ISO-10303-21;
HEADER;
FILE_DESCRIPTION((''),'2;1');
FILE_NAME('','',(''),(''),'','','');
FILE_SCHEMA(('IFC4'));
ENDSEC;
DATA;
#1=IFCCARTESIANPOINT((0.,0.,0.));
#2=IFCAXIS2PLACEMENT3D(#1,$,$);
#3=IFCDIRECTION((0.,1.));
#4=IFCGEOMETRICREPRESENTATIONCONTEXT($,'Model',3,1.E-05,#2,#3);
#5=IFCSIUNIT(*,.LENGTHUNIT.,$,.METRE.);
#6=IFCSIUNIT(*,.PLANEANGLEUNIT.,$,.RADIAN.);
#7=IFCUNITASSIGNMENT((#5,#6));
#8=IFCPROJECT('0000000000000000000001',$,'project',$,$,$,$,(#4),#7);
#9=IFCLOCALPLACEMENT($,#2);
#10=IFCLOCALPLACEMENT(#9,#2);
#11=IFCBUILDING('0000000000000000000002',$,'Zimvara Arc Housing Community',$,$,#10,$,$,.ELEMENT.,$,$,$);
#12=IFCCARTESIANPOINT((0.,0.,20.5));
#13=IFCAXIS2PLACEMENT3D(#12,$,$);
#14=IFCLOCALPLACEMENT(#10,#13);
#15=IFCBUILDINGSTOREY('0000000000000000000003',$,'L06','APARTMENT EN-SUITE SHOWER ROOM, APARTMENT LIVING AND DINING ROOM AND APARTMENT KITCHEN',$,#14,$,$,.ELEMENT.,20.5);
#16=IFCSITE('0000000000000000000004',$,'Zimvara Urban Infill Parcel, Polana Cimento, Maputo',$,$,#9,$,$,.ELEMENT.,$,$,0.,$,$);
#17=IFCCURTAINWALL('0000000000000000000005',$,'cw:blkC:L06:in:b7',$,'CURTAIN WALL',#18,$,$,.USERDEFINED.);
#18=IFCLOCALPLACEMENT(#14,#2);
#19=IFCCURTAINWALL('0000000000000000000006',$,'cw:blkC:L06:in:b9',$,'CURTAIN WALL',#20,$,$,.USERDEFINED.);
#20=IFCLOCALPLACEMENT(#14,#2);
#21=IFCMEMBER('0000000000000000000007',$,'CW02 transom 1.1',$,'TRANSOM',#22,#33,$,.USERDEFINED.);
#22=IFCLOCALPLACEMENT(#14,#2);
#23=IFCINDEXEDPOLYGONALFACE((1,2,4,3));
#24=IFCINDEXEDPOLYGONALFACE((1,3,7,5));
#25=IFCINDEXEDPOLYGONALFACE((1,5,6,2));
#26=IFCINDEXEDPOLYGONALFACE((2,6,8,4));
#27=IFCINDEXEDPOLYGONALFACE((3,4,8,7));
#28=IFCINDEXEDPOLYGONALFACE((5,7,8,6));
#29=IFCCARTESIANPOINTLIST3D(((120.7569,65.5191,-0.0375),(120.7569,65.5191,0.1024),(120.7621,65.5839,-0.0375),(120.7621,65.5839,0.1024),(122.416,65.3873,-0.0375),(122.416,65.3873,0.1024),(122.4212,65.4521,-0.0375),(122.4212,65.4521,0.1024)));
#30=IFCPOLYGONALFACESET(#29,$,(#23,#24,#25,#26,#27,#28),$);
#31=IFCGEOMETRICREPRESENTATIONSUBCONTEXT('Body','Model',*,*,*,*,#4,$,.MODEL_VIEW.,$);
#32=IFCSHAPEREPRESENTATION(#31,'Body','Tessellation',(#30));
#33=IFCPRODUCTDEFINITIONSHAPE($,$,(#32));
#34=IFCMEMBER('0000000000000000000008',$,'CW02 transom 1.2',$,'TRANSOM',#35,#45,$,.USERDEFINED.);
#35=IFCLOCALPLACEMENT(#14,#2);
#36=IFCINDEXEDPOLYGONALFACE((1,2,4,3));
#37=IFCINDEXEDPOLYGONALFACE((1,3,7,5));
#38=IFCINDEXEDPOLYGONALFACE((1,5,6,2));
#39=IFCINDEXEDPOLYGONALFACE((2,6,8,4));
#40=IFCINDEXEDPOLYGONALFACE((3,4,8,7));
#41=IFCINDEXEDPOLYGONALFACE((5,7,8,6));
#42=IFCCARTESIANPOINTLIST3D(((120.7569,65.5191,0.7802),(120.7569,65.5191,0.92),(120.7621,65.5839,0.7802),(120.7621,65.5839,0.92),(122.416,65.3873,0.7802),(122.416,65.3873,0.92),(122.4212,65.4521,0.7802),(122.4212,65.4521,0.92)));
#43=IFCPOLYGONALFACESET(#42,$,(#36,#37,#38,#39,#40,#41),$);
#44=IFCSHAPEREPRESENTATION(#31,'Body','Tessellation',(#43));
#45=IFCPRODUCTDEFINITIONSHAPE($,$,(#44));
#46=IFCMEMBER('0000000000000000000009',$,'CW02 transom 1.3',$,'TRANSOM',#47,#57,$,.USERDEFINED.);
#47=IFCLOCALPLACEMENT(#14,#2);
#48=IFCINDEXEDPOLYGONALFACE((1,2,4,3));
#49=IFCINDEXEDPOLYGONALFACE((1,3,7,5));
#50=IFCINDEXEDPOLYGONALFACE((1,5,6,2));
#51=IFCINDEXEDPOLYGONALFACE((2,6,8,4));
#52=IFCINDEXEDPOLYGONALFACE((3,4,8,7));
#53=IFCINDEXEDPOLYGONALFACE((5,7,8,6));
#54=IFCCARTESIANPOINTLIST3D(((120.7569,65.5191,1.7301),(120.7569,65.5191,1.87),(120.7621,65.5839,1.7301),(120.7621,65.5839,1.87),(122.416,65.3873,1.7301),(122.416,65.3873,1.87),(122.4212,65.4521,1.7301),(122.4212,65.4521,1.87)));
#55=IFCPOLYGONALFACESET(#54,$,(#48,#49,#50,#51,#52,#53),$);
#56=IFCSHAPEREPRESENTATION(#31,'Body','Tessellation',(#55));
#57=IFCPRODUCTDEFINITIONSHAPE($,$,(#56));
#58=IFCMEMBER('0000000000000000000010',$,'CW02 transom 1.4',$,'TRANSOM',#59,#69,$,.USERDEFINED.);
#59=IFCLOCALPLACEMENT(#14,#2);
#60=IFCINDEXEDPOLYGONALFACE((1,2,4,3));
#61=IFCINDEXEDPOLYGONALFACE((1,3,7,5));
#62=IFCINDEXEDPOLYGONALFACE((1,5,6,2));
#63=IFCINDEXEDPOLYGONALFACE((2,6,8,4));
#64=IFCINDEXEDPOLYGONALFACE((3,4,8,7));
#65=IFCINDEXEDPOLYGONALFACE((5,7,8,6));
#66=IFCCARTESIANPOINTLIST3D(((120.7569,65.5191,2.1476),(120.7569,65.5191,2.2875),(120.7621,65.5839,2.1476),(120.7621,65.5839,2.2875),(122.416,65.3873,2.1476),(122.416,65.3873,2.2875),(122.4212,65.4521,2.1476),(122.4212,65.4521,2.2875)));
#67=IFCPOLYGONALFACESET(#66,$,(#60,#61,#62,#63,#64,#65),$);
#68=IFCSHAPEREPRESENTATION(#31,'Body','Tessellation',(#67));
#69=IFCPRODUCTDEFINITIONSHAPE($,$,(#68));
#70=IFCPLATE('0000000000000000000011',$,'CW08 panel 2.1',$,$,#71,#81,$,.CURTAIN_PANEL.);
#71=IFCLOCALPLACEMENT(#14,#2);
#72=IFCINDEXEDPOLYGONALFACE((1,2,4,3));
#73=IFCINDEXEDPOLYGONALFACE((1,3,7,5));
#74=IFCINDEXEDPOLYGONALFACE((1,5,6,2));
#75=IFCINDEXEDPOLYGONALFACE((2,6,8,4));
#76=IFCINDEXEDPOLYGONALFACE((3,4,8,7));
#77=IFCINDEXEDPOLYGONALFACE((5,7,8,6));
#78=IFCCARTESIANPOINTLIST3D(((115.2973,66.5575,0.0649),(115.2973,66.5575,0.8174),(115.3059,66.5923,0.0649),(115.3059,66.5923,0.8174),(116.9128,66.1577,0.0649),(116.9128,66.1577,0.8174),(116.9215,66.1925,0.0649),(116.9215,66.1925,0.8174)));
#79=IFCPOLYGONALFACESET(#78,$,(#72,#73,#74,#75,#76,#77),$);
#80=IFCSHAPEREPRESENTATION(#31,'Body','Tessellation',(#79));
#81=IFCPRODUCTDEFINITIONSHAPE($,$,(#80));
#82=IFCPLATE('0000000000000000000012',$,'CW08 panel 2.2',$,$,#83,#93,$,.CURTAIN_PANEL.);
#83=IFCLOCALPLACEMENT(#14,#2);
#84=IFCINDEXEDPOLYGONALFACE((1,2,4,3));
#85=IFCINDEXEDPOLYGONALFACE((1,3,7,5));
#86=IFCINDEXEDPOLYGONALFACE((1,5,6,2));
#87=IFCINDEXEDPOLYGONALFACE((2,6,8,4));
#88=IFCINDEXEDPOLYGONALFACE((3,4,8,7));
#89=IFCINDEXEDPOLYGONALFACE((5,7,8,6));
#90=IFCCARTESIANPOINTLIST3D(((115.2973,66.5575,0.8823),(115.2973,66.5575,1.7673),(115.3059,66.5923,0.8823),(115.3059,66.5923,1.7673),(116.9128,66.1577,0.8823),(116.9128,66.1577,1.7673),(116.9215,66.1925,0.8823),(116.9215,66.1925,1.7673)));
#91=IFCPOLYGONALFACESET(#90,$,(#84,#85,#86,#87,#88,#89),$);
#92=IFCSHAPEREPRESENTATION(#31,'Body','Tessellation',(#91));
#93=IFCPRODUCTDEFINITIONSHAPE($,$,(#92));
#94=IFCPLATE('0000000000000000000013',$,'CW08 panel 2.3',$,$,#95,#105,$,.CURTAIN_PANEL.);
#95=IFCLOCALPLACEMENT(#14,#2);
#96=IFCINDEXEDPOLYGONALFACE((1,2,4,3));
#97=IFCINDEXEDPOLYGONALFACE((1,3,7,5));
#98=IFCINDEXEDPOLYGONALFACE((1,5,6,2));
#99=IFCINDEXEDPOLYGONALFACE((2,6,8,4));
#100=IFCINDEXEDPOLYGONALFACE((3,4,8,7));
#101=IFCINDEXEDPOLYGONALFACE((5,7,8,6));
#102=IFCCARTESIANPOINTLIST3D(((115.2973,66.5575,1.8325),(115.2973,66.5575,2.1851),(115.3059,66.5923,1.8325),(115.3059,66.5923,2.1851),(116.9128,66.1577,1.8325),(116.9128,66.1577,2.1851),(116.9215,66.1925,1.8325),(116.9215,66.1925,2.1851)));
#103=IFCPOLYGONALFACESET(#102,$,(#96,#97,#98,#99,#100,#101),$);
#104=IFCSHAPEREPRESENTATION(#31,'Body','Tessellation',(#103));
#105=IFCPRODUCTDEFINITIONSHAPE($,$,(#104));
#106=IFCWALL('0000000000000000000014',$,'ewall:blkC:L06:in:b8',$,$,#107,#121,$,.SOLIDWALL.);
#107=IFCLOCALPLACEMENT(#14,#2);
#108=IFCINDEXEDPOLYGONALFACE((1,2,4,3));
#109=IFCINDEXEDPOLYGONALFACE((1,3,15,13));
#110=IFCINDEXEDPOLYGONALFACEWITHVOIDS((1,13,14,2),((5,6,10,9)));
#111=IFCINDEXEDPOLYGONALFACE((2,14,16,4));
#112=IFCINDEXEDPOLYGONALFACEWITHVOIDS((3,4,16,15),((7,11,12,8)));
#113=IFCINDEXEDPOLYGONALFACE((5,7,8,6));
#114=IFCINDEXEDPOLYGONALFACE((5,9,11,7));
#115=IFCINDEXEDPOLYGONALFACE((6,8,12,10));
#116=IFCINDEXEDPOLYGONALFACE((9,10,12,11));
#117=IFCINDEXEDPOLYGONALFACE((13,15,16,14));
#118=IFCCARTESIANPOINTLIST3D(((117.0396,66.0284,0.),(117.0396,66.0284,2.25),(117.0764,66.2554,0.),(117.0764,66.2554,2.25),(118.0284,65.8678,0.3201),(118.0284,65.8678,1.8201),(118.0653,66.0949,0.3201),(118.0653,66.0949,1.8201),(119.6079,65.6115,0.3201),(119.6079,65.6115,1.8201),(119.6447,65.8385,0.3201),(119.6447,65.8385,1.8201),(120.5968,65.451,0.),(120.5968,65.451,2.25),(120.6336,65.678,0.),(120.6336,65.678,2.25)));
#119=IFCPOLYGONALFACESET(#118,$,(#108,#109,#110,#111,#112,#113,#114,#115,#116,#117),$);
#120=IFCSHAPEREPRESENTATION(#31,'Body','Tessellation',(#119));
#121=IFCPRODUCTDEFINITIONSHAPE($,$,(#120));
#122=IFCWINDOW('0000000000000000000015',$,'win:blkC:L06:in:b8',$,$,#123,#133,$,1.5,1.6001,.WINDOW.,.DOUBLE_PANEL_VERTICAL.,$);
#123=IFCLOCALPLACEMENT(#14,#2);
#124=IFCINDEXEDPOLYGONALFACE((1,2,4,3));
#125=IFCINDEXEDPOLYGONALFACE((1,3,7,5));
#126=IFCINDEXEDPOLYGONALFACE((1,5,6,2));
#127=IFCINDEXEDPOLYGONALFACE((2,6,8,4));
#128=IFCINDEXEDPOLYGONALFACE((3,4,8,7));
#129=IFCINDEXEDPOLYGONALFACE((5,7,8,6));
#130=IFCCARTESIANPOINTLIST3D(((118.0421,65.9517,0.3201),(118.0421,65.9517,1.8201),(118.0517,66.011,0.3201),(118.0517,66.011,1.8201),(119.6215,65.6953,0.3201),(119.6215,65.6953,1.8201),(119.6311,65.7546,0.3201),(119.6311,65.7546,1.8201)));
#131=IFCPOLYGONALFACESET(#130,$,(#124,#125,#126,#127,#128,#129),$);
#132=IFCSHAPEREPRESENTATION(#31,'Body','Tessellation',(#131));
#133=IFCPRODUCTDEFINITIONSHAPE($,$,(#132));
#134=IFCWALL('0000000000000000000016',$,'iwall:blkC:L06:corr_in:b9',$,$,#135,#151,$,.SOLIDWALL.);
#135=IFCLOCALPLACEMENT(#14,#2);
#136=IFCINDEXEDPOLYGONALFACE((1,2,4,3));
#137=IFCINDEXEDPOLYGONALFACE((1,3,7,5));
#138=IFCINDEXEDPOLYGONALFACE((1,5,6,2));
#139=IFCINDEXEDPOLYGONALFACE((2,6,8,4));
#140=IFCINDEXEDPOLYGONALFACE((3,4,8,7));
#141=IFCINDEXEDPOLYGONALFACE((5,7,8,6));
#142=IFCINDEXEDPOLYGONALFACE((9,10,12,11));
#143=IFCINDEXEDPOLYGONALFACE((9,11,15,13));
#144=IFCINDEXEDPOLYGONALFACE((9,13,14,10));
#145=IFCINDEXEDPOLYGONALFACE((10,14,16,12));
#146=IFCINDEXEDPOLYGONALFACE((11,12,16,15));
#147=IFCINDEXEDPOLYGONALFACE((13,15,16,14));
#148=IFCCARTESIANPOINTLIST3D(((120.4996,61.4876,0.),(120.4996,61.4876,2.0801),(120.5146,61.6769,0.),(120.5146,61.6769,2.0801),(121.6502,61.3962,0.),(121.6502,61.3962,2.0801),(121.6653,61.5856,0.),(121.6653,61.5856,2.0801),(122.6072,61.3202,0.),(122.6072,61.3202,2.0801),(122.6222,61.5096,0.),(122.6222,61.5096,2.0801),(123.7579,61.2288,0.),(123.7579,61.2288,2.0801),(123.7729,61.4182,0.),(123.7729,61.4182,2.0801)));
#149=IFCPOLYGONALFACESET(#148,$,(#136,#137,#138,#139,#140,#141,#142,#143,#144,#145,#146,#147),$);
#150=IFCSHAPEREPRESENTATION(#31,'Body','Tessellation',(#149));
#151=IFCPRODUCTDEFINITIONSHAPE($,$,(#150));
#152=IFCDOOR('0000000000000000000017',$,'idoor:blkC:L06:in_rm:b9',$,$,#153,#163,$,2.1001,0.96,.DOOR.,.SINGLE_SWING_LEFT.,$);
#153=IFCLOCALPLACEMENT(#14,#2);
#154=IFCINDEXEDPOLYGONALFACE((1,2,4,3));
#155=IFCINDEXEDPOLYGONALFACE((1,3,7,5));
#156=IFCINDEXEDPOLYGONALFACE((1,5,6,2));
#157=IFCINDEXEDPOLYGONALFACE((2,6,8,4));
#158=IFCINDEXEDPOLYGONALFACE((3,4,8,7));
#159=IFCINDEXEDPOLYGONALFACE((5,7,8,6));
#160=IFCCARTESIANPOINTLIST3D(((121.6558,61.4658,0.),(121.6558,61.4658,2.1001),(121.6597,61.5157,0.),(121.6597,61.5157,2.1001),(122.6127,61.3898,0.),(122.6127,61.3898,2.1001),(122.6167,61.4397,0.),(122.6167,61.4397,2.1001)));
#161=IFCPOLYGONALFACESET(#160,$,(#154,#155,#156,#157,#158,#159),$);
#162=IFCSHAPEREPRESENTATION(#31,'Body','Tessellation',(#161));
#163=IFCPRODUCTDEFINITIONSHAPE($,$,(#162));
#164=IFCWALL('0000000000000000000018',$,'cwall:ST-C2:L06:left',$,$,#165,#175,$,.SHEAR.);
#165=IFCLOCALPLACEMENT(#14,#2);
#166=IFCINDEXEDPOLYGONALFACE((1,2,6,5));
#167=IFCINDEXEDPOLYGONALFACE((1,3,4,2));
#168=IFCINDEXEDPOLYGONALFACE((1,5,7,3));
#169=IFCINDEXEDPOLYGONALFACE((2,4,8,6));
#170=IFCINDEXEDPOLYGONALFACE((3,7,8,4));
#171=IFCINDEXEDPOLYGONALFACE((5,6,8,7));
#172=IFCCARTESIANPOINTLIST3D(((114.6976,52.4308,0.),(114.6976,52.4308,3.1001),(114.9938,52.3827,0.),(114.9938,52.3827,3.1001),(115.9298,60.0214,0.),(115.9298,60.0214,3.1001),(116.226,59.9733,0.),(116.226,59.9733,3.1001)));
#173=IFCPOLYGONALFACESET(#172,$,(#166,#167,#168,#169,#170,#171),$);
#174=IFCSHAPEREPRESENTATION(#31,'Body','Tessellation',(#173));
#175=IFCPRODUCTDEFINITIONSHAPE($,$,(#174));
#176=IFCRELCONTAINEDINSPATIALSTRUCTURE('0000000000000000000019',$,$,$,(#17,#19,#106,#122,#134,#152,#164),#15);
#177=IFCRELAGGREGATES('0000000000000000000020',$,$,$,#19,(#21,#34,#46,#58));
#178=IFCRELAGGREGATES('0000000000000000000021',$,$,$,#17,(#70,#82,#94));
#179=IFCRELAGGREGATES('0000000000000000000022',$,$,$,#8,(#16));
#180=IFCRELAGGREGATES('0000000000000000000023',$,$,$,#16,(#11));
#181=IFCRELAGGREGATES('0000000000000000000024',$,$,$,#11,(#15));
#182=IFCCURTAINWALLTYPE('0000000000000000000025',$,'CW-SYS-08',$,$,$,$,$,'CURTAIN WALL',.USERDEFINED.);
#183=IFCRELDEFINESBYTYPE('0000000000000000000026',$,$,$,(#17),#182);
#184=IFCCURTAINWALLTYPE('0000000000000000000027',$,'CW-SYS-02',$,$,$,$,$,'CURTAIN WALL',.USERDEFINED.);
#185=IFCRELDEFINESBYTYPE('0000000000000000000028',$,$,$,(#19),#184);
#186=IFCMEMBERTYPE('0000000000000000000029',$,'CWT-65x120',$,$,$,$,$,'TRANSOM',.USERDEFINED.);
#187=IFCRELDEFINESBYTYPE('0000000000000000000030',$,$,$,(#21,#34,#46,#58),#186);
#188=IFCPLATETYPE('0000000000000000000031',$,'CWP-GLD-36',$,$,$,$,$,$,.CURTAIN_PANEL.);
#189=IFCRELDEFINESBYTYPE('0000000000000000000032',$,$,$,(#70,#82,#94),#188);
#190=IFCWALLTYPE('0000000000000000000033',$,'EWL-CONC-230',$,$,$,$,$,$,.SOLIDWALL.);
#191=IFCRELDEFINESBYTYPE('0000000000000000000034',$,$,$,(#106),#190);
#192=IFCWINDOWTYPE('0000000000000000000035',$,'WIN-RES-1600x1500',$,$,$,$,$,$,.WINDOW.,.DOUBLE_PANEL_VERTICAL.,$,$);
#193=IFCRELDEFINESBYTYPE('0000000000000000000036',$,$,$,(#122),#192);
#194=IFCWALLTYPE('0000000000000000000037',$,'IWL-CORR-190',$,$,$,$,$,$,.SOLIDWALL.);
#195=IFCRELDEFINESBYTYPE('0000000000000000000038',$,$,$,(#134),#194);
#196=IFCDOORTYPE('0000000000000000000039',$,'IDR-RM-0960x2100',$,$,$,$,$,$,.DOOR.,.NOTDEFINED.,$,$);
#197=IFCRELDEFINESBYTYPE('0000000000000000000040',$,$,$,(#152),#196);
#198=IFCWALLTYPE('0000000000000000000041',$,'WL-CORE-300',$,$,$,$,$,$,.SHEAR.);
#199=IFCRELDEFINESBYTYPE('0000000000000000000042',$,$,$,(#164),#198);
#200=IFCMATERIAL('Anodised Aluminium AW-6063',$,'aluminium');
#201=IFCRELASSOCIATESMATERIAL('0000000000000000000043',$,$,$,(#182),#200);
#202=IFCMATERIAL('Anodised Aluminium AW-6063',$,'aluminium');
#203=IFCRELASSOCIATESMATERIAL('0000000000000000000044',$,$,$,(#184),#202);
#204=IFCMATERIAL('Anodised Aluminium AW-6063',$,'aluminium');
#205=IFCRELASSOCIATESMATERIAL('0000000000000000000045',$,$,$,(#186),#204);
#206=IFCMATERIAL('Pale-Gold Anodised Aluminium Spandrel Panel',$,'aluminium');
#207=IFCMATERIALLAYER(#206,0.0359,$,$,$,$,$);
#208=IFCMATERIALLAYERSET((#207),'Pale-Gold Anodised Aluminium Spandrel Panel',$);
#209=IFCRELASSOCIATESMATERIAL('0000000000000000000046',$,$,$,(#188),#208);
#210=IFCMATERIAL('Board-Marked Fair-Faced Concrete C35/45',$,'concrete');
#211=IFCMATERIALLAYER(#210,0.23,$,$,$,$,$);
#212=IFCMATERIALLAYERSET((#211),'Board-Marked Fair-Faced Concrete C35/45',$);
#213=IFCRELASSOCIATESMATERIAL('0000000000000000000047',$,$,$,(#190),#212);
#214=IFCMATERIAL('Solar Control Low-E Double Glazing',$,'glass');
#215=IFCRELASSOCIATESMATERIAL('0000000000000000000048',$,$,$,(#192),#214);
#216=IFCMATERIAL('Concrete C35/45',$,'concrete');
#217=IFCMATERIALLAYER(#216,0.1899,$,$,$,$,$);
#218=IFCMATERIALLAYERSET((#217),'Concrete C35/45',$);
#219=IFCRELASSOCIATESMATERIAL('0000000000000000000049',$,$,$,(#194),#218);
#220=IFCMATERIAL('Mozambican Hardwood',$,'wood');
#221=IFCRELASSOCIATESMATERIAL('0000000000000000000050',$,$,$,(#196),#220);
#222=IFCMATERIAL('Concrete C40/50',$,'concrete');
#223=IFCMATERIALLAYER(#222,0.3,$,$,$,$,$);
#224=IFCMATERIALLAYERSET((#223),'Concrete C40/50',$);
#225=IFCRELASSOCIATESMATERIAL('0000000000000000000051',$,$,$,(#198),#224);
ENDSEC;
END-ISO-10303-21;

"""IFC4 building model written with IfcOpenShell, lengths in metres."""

from ifc_helpers import new_model, si_unit, direction, frame, frame_2d, origin, origin_2d, place, context, subcontext, project, spatial, rectangle, extrude, material, layer, layer_set, material_profile, profile_set, type_object, element, fill, aggregate, save


model = new_model("IFC4")

# Units and contexts
model_context = context("Model", 3, precision=1e-05, world=origin(), true_north=direction((0.0, 1.0)))
body_context = subcontext(model_context, "Body", "Model", "MODEL_VIEW")
ifc_project = project(units=[si_unit("LENGTHUNIT", "METRE"), si_unit("PLANEANGLEUNIT", "RADIAN")], contexts=[model_context])

# Site, building, storey
site_placement = place(None, origin())
site = spatial("IfcSite", under=ifc_project, at=site_placement, Name="Zimvara Urban Infill Parcel, Polana Cimento, Maputo", CompositionType="ELEMENT", RefElevation=0.0)
building_placement = place(site_placement, origin())
building = spatial("IfcBuilding", under=site, at=building_placement, Name="Zimvara Arc Housing Community", CompositionType="ELEMENT")
storey_placement = place(building_placement, frame((0.0, 0.0, 20.5)))
storey = spatial("IfcBuildingStorey", under=building, at=storey_placement, Name="L06", Description="APARTMENT EN-SUITE SHOWER ROOM, APARTMENT LIVING AND DINING ROOM AND APARTMENT KITCHEN", CompositionType="ELEMENT", Elevation=20.5)

# Curtain wall
ifc_material_1 = material(Name="Anodised Aluminium AW-6063", Category="aluminium")
curtain_wall_type_1 = type_object("IfcCurtainWallType", Name="CW-SYS-08", ElementType="CURTAIN WALL", PredefinedType="USERDEFINED", material=ifc_material_1)
curtain_wall_1_placement = place(storey_placement, origin())
curtain_wall_1 = element("IfcCurtainWall", 1, at=curtain_wall_1_placement, inside=storey, type_object=curtain_wall_type_1, Name="cw:blkC:L06:in:b7", ObjectType="CURTAIN WALL", PredefinedType="USERDEFINED")

# Curtain wall, members
ifc_material_2 = material(Name="Anodised Aluminium AW-6063", Category="aluminium")
curtain_wall_type_2 = type_object("IfcCurtainWallType", Name="CW-SYS-02", ElementType="CURTAIN WALL", PredefinedType="USERDEFINED", material=ifc_material_2)
curtain_wall_2_placement = place(storey_placement, origin())
curtain_wall_2 = element("IfcCurtainWall", 2, at=curtain_wall_2_placement, inside=storey, type_object=curtain_wall_type_2, Name="cw:blkC:L06:in:b9", ObjectType="CURTAIN WALL", PredefinedType="USERDEFINED")
ifc_material_3 = material(Name="Anodised Aluminium AW-6063", Category="aluminium")
ifc_material_profile_1 = material_profile(ifc_material_3, rectangle(XDim=0.0649, YDim=0.1399, at=origin_2d()), Name="ALU 65x140")
ifc_profile_set_1 = profile_set([ifc_material_profile_1], Name="Anodised Aluminium AW-6063")
member_type_1 = type_object("IfcMemberType", Name="CWT-65x120", ElementType="TRANSOM", PredefinedType="USERDEFINED", material=ifc_profile_set_1)
member_1_placement = place(storey_placement, frame((120.7595, 65.5515, 0.0325), z_axis=(0.996858, -0.079209, 0.0), x_axis=(0.079209, 0.996858, 0.0)))
member_1 = element("IfcMember", 3, at=member_1_placement, type_object=member_type_1, Name="CW02 transom 1.1", ObjectType="TRANSOM", PredefinedType="USERDEFINED", context=body_context, shape_type="SweptSolid", body=[
    extrude(rectangle(XDim=0.0649, YDim=0.1399, at=origin_2d()), origin(), (0.0, 0.0, 1.0), 1.6643),
])
member_2_placement = place(storey_placement, frame((120.7595, 65.5515, 0.8501), z_axis=(0.996858, -0.079209, 0.0), x_axis=(0.079209, 0.996858, 0.0)))
member_2 = element("IfcMember", 4, at=member_2_placement, type_object=member_type_1, Name="CW02 transom 1.2", ObjectType="TRANSOM", PredefinedType="USERDEFINED", context=body_context, shape_type="SweptSolid", body=[
    extrude(rectangle(XDim=0.0649, YDim=0.1399, at=origin_2d()), origin(), (0.0, 0.0, 1.0), 1.6643),
])
member_3_placement = place(storey_placement, frame((120.7595, 65.5515, 1.8), z_axis=(0.996858, -0.079209, 0.0), x_axis=(0.079209, 0.996858, 0.0)))
member_3 = element("IfcMember", 5, at=member_3_placement, type_object=member_type_1, Name="CW02 transom 1.3", ObjectType="TRANSOM", PredefinedType="USERDEFINED", context=body_context, shape_type="SweptSolid", body=[
    extrude(rectangle(XDim=0.0649, YDim=0.1399, at=origin_2d()), origin(), (0.0, 0.0, 1.0), 1.6643),
])
member_4_placement = place(storey_placement, frame((120.7595, 65.5515, 2.2175), z_axis=(0.996858, -0.079209, 0.0), x_axis=(0.079209, 0.996858, 0.0)))
member_4 = element("IfcMember", 6, at=member_4_placement, type_object=member_type_1, Name="CW02 transom 1.4", ObjectType="TRANSOM", PredefinedType="USERDEFINED", context=body_context, shape_type="SweptSolid", body=[
    extrude(rectangle(XDim=0.0649, YDim=0.1399, at=origin_2d()), origin(), (0.0, 0.0, 1.0), 1.6643),
])
aggregate(curtain_wall_2, [member_1, member_2, member_3, member_4])

# Plates
ifc_material_4 = material(Name="Pale-Gold Anodised Aluminium Spandrel Panel", Category="aluminium")
ifc_layer_1 = layer(ifc_material_4, 0.0359)
ifc_layer_set_1 = layer_set([ifc_layer_1], Name="Pale-Gold Anodised Aluminium Spandrel Panel")
plate_type = type_object("IfcPlateType", Name="CWP-GLD-36", PredefinedType="CURTAIN_PANEL", material=ifc_layer_set_1)
plate_1_placement = place(storey_placement, frame((116.1094, 66.375, 0.0649), z_axis=(0.0, 0.0, 1.0), x_axis=(0.970717, -0.240228, 0.0)))
plate_1 = element("IfcPlate", 7, at=plate_1_placement, type_object=plate_type, Name="CW08 panel 2.1", PredefinedType="CURTAIN_PANEL", context=body_context, shape_type="SweptSolid", body=[
    extrude(rectangle(XDim=1.6643, YDim=0.0359, at=origin_2d()), origin(), (0.0, 0.0, 1.0), 0.7524),
])
plate_2_placement = place(storey_placement, frame((116.1094, 66.375, 0.8823), z_axis=(0.0, 0.0, 1.0), x_axis=(0.970717, -0.240228, 0.0)))
plate_2 = element("IfcPlate", 8, at=plate_2_placement, type_object=plate_type, Name="CW08 panel 2.2", PredefinedType="CURTAIN_PANEL", context=body_context, shape_type="SweptSolid", body=[
    extrude(rectangle(XDim=1.6643, YDim=0.0359, at=origin_2d()), origin(), (0.0, 0.0, 1.0), 0.885),
])
plate_3_placement = place(storey_placement, frame((116.1094, 66.375, 1.8325), z_axis=(0.0, 0.0, 1.0), x_axis=(0.970717, -0.240228, 0.0)))
plate_3 = element("IfcPlate", 9, at=plate_3_placement, type_object=plate_type, Name="CW08 panel 2.3", PredefinedType="CURTAIN_PANEL", context=body_context, shape_type="SweptSolid", body=[
    extrude(rectangle(XDim=1.6643, YDim=0.0359, at=origin_2d()), origin(), (0.0, 0.0, 1.0), 0.3525),
])
aggregate(curtain_wall_1, [plate_1, plate_2, plate_3])

# Wall, opening, window
ifc_material_5 = material(Name="Board-Marked Fair-Faced Concrete C35/45", Category="concrete")
ifc_layer_2 = layer(ifc_material_5, 0.23)
ifc_layer_set_2 = layer_set([ifc_layer_2], Name="Board-Marked Fair-Faced Concrete C35/45")
wall_type_1 = type_object("IfcWallType", Name="EWL-CONC-230", PredefinedType="SOLIDWALL", material=ifc_layer_set_2)
wall_1_placement = place(storey_placement, frame((117.0581, 66.1418, 0.0), z_axis=(0.0, 0.0, 1.0), x_axis=(0.987081, -0.160223, 0.0)))
wall_1 = element("IfcWall", 10, at=wall_1_placement, inside=storey, type_object=wall_type_1, Name="ewall:blkC:L06:in:b8", PredefinedType="SOLIDWALL", context=body_context, shape_type="SweptSolid", body=[
    extrude(rectangle(XDim=3.6038, YDim=0.23, at=frame_2d((1.8018, 0.0))), origin(), (0.0, 0.0, 1.0), 2.25),
])
opening_1_placement = place(wall_1_placement, frame((1.0017, 0.0, 0.3201)))
opening_1 = element("IfcOpeningElement", 11, at=opening_1_placement, cuts=wall_1, PredefinedType="OPENING", context=body_context, shape_type="SweptSolid", body=[
    extrude(rectangle(XDim=1.6001, YDim=1.5, at=frame_2d((0.8, 0.75))), frame((0.0, 0.125, 0.0), z_axis=(0.0, -1.0, 0.0), x_axis=(1.0, 0.0, 0.0)), (0.0, 0.0, 1.0), 0.25),
])
ifc_material_6 = material(Name="Solar Control Low-E Double Glazing", Category="glass")
window_type = type_object("IfcWindowType", Name="WIN-RES-1600x1500", PartitioningType="DOUBLE_PANEL_VERTICAL", PredefinedType="WINDOW", material=ifc_material_6)
window_placement = place(opening_1_placement, origin())
window = element("IfcWindow", 12, at=window_placement, inside=storey, type_object=window_type, Name="win:blkC:L06:in:b8", OverallHeight=1.5, OverallWidth=1.6001, PartitioningType="DOUBLE_PANEL_VERTICAL", PredefinedType="WINDOW", context=body_context, shape_type="SweptSolid", body=[
    extrude(rectangle(XDim=1.6001, YDim=1.5, at=frame_2d((0.8, 0.75))), frame((0.0, 0.03, 0.0), z_axis=(0.0, -1.0, 0.0), x_axis=(1.0, 0.0, 0.0)), (0.0, 0.0, 1.0), 0.0601),
])
fill(opening_1, window)

# Wall, opening, door
ifc_material_7 = material(Name="Concrete C35/45", Category="concrete")
ifc_layer_3 = layer(ifc_material_7, 0.1899)
ifc_layer_set_3 = layer_set([ifc_layer_3], Name="Concrete C35/45")
wall_type_2 = type_object("IfcWallType", Name="IWL-CORR-190", PredefinedType="SOLIDWALL", material=ifc_layer_set_3)
wall_2_placement = place(storey_placement, frame((120.5071, 61.5823, 0.0), z_axis=(0.0, 0.0, 1.0), x_axis=(0.996861, -0.079175, 0.0)))
wall_2 = element("IfcWall", 13, at=wall_2_placement, inside=storey, type_object=wall_type_2, Name="iwall:blkC:L06:corr_in:b9", PredefinedType="SOLIDWALL", context=body_context, shape_type="SweptSolid", body=[
    extrude(rectangle(XDim=3.2686, YDim=0.1899, at=frame_2d((1.6343, 0.0))), origin(), (0.0, 0.0, 1.0), 2.0801),
])
opening_2_placement = place(wall_2_placement, frame((1.1543, 0.0, 0.0)))
opening_2 = element("IfcOpeningElement", 14, at=opening_2_placement, cuts=wall_2, PredefinedType="OPENING", context=body_context, shape_type="SweptSolid", body=[
    extrude(rectangle(XDim=0.96, YDim=2.1001, at=frame_2d((0.48, 1.05))), frame((0.0, 0.105, 0.0), z_axis=(0.0, -1.0, 0.0), x_axis=(1.0, 0.0, 0.0)), (0.0, 0.0, 1.0), 0.21),
])
ifc_material_8 = material(Name="Mozambican Hardwood", Category="wood")
door_type_1 = type_object("IfcDoorType", Name="IDR-RM-0960x2100", OperationType="NOTDEFINED", PredefinedType="DOOR", material=ifc_material_8)
door_1_placement = place(opening_2_placement, origin())
door_1 = element("IfcDoor", 15, at=door_1_placement, inside=storey, type_object=door_type_1, Name="idoor:blkC:L06:in_rm:b9", OperationType="SINGLE_SWING_LEFT", OverallHeight=2.1001, OverallWidth=0.96, PredefinedType="DOOR", context=body_context, shape_type="SweptSolid", body=[
    extrude(rectangle(XDim=0.96, YDim=2.1001, at=frame_2d((0.48, 1.05))), frame((0.0, 0.0249, 0.0), z_axis=(0.0, -1.0, 0.0), x_axis=(1.0, 0.0, 0.0)), (0.0, 0.0, 1.0), 0.05),
])
fill(opening_2, door_1)

# Wall
ifc_material_9 = material(Name="Concrete C40/50", Category="concrete")
ifc_layer_4 = layer(ifc_material_9, 0.3)
ifc_layer_set_4 = layer_set([ifc_layer_4], Name="Concrete C40/50")
wall_type_3 = type_object("IfcWallType", Name="WL-CORE-300", PredefinedType="SHEAR", material=ifc_layer_set_4)
for number, where, z_axis, x_axis, name in (
    (16, (116.0779, 59.9973, 0.0), (0.0, 0.0, 1.0), (-0.160233, -0.987079, 0.0), "cwall:ST-C2:L06:left"),
):
    element("IfcWall", number, at=place(storey_placement, frame(where, z_axis=z_axis, x_axis=x_axis)), inside=storey, type_object=wall_type_3, Name=name, PredefinedType="SHEAR", context=body_context, shape_type="SweptSolid", body=[
        extrude(rectangle(XDim=7.6899, YDim=0.3, at=frame_2d((3.845, 0.0))), origin(), (0.0, 0.0, 1.0), 3.1001),
    ])

save(model, "model.ifc")
